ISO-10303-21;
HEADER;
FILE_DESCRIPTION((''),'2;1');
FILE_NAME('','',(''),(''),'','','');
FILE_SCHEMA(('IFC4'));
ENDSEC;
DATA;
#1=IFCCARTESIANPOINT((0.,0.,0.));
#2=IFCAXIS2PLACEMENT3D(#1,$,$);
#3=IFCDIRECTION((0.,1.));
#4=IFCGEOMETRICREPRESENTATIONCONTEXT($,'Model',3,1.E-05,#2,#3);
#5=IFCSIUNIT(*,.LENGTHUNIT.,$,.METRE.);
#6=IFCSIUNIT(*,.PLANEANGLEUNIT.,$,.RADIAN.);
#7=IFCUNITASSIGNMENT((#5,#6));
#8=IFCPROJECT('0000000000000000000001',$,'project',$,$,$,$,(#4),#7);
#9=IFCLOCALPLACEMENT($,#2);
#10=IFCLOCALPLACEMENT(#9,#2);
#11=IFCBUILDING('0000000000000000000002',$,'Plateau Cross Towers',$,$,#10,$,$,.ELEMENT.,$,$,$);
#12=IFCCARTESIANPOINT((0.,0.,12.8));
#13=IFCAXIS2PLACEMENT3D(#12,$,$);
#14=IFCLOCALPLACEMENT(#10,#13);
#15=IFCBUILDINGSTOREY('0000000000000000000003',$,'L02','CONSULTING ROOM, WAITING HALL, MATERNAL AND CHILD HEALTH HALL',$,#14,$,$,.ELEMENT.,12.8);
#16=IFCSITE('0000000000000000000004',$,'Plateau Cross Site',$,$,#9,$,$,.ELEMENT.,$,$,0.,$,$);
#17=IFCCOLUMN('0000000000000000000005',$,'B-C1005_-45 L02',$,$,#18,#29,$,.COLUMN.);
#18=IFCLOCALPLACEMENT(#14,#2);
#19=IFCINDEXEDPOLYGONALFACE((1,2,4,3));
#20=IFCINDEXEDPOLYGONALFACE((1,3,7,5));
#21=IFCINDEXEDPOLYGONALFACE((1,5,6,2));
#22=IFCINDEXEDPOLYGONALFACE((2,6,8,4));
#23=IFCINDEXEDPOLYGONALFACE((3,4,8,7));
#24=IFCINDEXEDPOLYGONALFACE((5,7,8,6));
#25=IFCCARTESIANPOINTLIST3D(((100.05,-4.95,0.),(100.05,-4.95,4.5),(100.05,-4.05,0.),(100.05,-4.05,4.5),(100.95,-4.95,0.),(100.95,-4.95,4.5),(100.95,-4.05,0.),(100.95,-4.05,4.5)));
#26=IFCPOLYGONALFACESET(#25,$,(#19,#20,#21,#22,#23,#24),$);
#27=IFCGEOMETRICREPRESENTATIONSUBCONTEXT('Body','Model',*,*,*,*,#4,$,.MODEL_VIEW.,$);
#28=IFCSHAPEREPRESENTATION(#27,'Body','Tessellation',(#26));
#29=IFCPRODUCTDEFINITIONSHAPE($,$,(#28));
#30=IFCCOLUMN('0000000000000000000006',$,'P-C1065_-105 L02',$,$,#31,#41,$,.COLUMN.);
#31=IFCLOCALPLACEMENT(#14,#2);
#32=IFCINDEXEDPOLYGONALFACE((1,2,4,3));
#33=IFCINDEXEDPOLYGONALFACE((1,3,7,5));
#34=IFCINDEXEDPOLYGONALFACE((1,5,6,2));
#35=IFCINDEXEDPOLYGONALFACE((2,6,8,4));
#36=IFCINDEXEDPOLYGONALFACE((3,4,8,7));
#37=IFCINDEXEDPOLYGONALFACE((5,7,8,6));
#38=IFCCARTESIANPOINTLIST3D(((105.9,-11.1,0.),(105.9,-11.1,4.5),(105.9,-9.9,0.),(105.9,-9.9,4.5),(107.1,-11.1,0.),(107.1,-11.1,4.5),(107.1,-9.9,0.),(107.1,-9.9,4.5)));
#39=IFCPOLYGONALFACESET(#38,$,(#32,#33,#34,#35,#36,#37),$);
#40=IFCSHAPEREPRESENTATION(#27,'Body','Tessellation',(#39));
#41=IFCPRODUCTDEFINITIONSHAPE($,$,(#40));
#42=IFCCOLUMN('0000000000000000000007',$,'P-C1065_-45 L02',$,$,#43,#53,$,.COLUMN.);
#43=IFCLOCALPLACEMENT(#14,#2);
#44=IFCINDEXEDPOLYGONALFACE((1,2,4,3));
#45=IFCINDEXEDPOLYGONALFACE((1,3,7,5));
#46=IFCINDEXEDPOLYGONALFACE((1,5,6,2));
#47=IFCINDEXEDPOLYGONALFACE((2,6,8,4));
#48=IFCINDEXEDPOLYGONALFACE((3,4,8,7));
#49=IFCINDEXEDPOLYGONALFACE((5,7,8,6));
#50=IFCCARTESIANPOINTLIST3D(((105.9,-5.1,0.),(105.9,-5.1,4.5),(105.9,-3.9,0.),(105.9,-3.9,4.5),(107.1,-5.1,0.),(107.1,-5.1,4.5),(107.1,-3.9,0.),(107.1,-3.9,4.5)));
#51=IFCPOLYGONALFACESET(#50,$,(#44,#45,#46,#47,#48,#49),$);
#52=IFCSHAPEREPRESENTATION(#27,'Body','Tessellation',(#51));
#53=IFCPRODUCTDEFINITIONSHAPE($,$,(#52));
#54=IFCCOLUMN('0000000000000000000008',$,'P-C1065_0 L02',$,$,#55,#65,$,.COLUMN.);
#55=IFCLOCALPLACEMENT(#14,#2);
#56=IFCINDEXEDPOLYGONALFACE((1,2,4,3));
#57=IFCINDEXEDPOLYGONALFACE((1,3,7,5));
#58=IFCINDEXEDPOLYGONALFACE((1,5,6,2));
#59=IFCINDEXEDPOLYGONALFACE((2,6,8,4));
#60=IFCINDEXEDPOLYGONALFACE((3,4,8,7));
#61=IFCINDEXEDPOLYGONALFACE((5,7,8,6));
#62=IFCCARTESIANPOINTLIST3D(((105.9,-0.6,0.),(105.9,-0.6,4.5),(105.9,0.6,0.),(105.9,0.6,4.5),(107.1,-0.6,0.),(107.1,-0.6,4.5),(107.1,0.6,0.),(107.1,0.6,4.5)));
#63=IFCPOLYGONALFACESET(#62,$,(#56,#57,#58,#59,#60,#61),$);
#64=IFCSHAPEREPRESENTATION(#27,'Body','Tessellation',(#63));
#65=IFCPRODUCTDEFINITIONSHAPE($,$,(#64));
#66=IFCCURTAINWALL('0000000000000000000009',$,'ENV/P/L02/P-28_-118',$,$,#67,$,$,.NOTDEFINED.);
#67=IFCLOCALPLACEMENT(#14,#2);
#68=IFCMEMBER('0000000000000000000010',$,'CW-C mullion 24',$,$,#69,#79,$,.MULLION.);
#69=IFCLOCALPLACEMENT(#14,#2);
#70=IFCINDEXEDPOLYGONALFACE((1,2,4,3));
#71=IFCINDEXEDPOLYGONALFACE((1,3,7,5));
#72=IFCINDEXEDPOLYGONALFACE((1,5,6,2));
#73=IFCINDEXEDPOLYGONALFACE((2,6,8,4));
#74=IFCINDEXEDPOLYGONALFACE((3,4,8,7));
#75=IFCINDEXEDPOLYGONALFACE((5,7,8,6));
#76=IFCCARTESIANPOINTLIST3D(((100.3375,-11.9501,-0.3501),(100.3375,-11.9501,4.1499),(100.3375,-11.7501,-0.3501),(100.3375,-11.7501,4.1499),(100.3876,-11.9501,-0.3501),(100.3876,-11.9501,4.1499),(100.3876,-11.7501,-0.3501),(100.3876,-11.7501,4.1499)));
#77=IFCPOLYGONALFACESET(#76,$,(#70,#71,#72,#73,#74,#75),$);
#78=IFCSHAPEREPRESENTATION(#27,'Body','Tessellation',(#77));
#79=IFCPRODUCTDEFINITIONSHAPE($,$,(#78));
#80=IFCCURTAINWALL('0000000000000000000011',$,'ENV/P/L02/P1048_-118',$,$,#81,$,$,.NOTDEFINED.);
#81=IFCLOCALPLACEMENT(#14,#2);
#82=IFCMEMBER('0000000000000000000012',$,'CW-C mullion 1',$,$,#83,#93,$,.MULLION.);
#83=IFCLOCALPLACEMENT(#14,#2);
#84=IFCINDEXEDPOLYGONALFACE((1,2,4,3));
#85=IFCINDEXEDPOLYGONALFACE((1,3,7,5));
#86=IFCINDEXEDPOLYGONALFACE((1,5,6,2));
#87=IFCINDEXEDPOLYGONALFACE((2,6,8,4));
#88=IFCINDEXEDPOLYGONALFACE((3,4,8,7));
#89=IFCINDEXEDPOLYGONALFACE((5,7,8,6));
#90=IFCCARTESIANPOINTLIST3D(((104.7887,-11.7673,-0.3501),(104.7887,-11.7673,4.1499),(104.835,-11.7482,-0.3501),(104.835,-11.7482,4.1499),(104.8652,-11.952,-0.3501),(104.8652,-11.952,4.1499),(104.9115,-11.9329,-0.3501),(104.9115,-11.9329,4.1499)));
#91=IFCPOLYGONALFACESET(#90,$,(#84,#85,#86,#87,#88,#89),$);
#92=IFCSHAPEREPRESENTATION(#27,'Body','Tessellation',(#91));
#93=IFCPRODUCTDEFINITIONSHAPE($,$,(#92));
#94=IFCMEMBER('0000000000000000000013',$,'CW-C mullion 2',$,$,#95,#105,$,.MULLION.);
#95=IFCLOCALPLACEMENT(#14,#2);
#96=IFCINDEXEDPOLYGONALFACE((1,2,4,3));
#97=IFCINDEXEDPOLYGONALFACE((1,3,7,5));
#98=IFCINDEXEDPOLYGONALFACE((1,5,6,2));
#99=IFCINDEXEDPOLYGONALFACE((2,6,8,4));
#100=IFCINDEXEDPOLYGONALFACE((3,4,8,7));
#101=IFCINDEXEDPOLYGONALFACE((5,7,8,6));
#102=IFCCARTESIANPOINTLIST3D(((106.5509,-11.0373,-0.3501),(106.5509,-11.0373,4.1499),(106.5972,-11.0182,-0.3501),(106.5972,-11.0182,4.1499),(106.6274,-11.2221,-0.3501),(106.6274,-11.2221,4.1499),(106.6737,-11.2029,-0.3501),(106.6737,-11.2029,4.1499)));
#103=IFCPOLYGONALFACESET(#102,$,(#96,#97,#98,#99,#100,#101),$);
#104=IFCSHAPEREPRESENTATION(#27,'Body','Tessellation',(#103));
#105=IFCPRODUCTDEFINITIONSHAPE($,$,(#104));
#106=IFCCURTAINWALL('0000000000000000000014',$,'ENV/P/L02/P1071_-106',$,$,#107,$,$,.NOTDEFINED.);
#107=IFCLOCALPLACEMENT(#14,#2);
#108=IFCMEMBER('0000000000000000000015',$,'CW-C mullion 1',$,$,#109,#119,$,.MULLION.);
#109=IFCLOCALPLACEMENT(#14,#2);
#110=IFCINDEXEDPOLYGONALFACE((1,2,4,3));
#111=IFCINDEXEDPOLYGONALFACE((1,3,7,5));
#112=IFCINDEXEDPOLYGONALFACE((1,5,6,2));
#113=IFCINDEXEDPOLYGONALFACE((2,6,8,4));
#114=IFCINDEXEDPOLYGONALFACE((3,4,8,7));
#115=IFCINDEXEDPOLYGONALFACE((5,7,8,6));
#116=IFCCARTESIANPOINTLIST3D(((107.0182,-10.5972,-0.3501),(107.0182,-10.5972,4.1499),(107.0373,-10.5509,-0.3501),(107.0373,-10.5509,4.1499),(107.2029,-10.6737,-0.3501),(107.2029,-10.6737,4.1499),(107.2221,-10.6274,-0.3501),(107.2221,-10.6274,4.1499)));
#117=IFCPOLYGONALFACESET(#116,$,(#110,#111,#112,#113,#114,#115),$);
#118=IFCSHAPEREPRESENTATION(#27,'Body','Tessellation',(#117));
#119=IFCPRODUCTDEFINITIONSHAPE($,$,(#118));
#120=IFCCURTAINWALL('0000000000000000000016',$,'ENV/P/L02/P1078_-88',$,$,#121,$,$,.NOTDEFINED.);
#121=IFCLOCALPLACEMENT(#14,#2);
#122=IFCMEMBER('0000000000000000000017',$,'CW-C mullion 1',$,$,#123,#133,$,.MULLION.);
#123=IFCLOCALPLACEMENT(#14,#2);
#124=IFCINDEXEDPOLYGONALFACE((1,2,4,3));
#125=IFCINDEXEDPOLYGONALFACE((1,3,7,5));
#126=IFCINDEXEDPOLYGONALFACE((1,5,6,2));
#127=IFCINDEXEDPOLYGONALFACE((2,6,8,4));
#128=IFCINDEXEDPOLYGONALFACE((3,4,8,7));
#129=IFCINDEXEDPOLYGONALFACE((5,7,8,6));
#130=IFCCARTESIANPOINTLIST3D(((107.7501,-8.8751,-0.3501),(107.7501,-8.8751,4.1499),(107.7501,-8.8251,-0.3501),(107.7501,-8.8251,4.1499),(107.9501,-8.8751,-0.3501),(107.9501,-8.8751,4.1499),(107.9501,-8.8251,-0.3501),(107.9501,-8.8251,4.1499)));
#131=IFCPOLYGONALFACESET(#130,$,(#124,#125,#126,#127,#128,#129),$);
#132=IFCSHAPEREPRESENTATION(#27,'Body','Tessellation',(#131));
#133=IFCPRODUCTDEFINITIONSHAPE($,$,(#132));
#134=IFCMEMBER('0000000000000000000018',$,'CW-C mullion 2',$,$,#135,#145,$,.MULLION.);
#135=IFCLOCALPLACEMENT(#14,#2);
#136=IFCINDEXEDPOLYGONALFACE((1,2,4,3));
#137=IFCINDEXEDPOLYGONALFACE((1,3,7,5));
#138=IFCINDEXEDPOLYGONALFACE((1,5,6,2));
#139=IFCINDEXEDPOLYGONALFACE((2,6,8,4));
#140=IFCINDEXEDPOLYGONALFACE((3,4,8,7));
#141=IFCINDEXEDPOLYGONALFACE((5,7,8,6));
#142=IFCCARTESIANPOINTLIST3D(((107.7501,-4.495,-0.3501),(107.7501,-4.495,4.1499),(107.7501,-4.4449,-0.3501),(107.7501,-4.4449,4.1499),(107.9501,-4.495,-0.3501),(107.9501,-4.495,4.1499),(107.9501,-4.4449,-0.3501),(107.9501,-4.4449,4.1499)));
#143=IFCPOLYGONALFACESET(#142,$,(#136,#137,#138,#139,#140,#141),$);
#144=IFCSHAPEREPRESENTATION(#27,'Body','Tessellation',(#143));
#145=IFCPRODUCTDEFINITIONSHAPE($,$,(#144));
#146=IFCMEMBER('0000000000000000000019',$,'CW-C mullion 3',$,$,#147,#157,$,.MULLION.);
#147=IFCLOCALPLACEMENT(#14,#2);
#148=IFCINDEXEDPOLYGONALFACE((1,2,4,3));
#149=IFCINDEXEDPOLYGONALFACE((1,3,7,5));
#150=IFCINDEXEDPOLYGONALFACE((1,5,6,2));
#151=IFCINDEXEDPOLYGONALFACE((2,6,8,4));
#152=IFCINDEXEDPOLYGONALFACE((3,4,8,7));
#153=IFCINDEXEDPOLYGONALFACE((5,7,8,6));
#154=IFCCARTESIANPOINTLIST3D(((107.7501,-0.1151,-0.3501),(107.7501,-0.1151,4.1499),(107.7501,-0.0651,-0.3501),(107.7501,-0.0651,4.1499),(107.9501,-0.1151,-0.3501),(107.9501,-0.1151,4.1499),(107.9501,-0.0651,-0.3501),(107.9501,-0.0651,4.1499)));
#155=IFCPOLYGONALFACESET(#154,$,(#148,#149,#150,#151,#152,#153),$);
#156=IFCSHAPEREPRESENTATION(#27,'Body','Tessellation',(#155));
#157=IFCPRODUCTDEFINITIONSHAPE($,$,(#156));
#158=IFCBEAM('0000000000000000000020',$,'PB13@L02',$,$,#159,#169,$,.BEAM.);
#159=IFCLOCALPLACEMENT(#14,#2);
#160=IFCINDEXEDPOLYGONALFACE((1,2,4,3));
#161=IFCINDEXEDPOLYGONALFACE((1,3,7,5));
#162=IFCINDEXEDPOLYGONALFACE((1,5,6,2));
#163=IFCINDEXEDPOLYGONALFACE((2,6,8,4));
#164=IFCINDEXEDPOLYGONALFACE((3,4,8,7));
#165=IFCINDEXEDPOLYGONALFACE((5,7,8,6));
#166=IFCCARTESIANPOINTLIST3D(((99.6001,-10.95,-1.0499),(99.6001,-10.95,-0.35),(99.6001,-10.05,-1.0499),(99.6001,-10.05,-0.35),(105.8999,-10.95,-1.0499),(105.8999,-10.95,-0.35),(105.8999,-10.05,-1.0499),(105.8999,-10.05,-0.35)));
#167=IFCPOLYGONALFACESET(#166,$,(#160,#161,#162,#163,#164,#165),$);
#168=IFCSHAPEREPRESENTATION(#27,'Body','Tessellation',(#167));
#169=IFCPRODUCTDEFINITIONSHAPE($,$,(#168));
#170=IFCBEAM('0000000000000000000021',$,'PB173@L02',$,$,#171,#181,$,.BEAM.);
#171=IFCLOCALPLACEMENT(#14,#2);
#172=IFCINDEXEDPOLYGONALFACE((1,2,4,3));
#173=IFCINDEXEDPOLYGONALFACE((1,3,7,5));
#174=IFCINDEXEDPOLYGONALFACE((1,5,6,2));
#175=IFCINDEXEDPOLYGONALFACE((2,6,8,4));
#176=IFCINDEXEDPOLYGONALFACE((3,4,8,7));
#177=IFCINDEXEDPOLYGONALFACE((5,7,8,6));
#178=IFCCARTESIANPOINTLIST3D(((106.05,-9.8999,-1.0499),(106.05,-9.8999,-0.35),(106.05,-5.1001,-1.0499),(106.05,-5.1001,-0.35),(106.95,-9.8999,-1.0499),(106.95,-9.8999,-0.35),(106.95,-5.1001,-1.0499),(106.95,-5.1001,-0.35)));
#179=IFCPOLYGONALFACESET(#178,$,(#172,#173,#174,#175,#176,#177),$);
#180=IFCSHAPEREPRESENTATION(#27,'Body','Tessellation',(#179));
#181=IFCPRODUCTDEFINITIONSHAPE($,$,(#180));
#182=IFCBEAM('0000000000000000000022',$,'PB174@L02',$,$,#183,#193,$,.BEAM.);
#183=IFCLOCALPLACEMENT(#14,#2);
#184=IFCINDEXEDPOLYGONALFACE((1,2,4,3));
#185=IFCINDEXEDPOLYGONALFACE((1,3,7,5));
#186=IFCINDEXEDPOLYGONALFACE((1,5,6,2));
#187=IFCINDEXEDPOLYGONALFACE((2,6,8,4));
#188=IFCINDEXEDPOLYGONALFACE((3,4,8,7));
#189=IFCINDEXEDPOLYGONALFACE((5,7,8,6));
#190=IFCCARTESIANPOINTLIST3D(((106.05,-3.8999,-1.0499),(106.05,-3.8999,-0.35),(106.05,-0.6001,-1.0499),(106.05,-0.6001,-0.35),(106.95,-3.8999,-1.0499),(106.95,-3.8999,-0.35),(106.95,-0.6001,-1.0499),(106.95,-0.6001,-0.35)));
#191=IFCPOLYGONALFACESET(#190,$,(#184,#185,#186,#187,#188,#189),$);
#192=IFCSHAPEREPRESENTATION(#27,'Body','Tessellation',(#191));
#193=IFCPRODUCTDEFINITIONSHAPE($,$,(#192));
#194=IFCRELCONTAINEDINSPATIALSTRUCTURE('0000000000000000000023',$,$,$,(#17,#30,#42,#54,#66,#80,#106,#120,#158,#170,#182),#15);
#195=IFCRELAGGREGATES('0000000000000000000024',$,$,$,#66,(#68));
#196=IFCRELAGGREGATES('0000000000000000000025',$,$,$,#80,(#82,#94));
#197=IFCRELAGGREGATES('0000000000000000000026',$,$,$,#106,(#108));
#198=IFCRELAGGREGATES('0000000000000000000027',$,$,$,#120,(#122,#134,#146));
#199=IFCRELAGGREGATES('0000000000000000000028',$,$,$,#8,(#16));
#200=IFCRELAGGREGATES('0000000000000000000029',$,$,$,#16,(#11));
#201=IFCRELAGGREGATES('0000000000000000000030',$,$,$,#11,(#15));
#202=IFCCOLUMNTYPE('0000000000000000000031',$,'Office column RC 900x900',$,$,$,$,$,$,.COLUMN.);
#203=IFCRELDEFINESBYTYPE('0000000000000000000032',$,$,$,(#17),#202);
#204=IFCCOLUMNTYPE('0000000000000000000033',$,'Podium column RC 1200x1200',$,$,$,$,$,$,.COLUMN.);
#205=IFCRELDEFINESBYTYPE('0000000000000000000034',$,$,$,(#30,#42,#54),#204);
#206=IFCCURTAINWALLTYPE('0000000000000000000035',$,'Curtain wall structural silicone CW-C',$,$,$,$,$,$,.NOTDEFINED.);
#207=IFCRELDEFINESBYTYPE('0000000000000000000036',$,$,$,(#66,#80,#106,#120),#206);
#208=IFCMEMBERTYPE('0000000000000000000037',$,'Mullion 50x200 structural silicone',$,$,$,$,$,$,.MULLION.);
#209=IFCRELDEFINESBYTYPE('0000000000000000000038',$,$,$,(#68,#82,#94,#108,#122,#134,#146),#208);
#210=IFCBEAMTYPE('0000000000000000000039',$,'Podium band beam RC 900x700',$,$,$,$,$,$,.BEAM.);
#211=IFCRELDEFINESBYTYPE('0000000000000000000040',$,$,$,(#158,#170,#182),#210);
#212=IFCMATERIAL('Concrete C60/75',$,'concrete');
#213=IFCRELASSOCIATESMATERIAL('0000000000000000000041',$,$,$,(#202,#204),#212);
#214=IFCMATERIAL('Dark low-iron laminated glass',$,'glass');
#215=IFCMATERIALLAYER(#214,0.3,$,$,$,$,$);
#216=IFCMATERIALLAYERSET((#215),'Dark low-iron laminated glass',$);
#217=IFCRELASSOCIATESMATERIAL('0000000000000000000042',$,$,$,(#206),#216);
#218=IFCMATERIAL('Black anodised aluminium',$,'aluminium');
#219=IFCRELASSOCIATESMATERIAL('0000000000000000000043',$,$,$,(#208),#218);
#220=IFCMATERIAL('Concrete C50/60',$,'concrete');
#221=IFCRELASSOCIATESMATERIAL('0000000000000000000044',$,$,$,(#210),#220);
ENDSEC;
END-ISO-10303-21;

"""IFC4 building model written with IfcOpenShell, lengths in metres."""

from ifc_helpers import new_model, si_unit, direction, frame, origin, origin_2d, place, context, subcontext, project, spatial, rectangle, extrude, material, layer, layer_set, material_profile, profile_set, type_object, element, aggregate, save


model = new_model("IFC4")

# Units and contexts
model_context = context("Model", 3, precision=1e-05, world=origin(), true_north=direction((0.0, 1.0)))
body_context = subcontext(model_context, "Body", "Model", "MODEL_VIEW")
ifc_project = project(units=[si_unit("LENGTHUNIT", "METRE"), si_unit("PLANEANGLEUNIT", "RADIAN")], contexts=[model_context])

# Site, building, storey
site_placement = place(None, origin())
site = spatial("IfcSite", under=ifc_project, at=site_placement, Name="Plateau Cross Site", CompositionType="ELEMENT", RefElevation=0.0)
building_placement = place(site_placement, origin())
building = spatial("IfcBuilding", under=site, at=building_placement, Name="Plateau Cross Towers", CompositionType="ELEMENT")
storey_placement = place(building_placement, frame((0.0, 0.0, 12.8)))
storey = spatial("IfcBuildingStorey", under=building, at=storey_placement, Name="L02", Description="CONSULTING ROOM, WAITING HALL, MATERNAL AND CHILD HEALTH HALL", CompositionType="ELEMENT", Elevation=12.8)

# Columns
ifc_material_1 = material(Name="Concrete C60/75", Category="concrete")
ifc_material_profile_1 = material_profile(ifc_material_1, rectangle(XDim=0.8999, YDim=0.8999, at=origin_2d()), Name="RC 900x900")
ifc_profile_set_1 = profile_set([ifc_material_profile_1], Name="Concrete C60/75")
column_type_1 = type_object("IfcColumnType", Name="Office column RC 900x900", PredefinedType="COLUMN", material=ifc_profile_set_1)
column_placement = place(storey_placement, frame((100.5, -4.5, 0.0), z_axis=(0.0, 0.0, 1.0), x_axis=(1.0, 0.0, 0.0)))
element("IfcColumn", 1, at=column_placement, inside=storey, type_object=column_type_1, Name="B-C1005_-45 L02", PredefinedType="COLUMN", context=body_context, shape_type="SweptSolid", body=[
    extrude(rectangle(XDim=0.8999, YDim=0.8999, at=origin_2d()), origin(), (0.0, 0.0, 1.0), 4.5),
])
ifc_material_profile_2 = material_profile(ifc_material_1, rectangle(XDim=1.2, YDim=1.2, at=origin_2d()), Name="RC 1200x1200")
ifc_profile_set_2 = profile_set([ifc_material_profile_2], Name="Concrete C60/75")
column_type_2 = type_object("IfcColumnType", Name="Podium column RC 1200x1200", PredefinedType="COLUMN", material=ifc_profile_set_2)
for number, where, z_axis, x_axis, name in (
    (2, (106.5, -10.5, 0.0), (0.0, 0.0, 1.0), (1.0, 0.0, 0.0), "P-C1065_-105 L02"),
    (3, (106.5, -4.5, 0.0), (0.0, 0.0, 1.0), (1.0, 0.0, 0.0), "P-C1065_-45 L02"),
    (4, (106.5, 0.0, 0.0), (0.0, 0.0, 1.0), (1.0, 0.0, 0.0), "P-C1065_0 L02"),
):
    element("IfcColumn", number, at=place(storey_placement, frame(where, z_axis=z_axis, x_axis=x_axis)), inside=storey, type_object=column_type_2, Name=name, PredefinedType="COLUMN", context=body_context, shape_type="SweptSolid", body=[
        extrude(rectangle(XDim=1.2, YDim=1.2, at=origin_2d()), origin(), (0.0, 0.0, 1.0), 4.5),
    ])

# Curtain wall, member
ifc_material_2 = material(Name="Dark low-iron laminated glass", Category="glass")
ifc_layer_1 = layer(ifc_material_2, 0.3)
ifc_layer_set_1 = layer_set([ifc_layer_1], Name="Dark low-iron laminated glass")
curtain_wall_type = type_object("IfcCurtainWallType", Name="Curtain wall structural silicone CW-C", PredefinedType="NOTDEFINED", material=ifc_layer_set_1)
curtain_wall_1_placement = place(storey_placement, origin())
curtain_wall_1 = element("IfcCurtainWall", 5, at=curtain_wall_1_placement, inside=storey, type_object=curtain_wall_type, Name="ENV/P/L02/P-28_-118", PredefinedType="NOTDEFINED")
ifc_material_3 = material(Name="Black anodised aluminium", Category="aluminium")
ifc_material_profile_3 = material_profile(ifc_material_3, rectangle(XDim=0.05, YDim=0.2, at=origin_2d()), Name="MULLION 50x200")
ifc_profile_set_3 = profile_set([ifc_material_profile_3], Name="Black anodised aluminium")
member_type_1 = type_object("IfcMemberType", Name="Mullion 50x200 structural silicone", PredefinedType="MULLION", material=ifc_profile_set_3)
member_1_placement = place(storey_placement, frame((100.3625, -11.8501, -0.3501), z_axis=(0.0, 0.0, 1.0), x_axis=(1.0, 0.0, 0.0)))
member_1 = element("IfcMember", 6, at=member_1_placement, type_object=member_type_1, Name="CW-C mullion 24", PredefinedType="MULLION", context=body_context, shape_type="SweptSolid", body=[
    extrude(rectangle(XDim=0.05, YDim=0.2, at=origin_2d()), origin(), (0.0, 0.0, 1.0), 4.5),
])

# Curtain wall, members
curtain_wall_2_placement = place(storey_placement, origin())
curtain_wall_2 = element("IfcCurtainWall", 7, at=curtain_wall_2_placement, inside=storey, type_object=curtain_wall_type, Name="ENV/P/L02/P1048_-118", PredefinedType="NOTDEFINED")
member_2_placement = place(storey_placement, frame((104.8501, -11.8501, -0.3501), z_axis=(0.0, 0.0, 1.0), x_axis=(0.923879, 0.382684, 0.0)))
member_2 = element("IfcMember", 8, at=member_2_placement, type_object=member_type_1, Name="CW-C mullion 1", PredefinedType="MULLION", context=body_context, shape_type="SweptSolid", body=[
    extrude(rectangle(XDim=0.05, YDim=0.2, at=origin_2d()), origin(), (0.0, 0.0, 1.0), 4.5),
])
member_3_placement = place(storey_placement, frame((106.6123, -11.1201, -0.3501), z_axis=(0.0, 0.0, 1.0), x_axis=(0.923879, 0.382684, 0.0)))
member_3 = element("IfcMember", 9, at=member_3_placement, type_object=member_type_1, Name="CW-C mullion 2", PredefinedType="MULLION", context=body_context, shape_type="SweptSolid", body=[
    extrude(rectangle(XDim=0.05, YDim=0.2, at=origin_2d()), origin(), (0.0, 0.0, 1.0), 4.5),
])

# Curtain wall, member
curtain_wall_3_placement = place(storey_placement, origin())
curtain_wall_3 = element("IfcCurtainWall", 10, at=curtain_wall_3_placement, inside=storey, type_object=curtain_wall_type, Name="ENV/P/L02/P1071_-106", PredefinedType="NOTDEFINED")
member_4_placement = place(storey_placement, frame((107.1201, -10.6123, -0.3501), z_axis=(0.0, 0.0, 1.0), x_axis=(0.382684, 0.923879, 0.0)))
member_4 = element("IfcMember", 11, at=member_4_placement, type_object=member_type_1, Name="CW-C mullion 1", PredefinedType="MULLION", context=body_context, shape_type="SweptSolid", body=[
    extrude(rectangle(XDim=0.05, YDim=0.2, at=origin_2d()), origin(), (0.0, 0.0, 1.0), 4.5),
])

# Curtain wall, members
curtain_wall_4_placement = place(storey_placement, origin())
curtain_wall_4 = element("IfcCurtainWall", 12, at=curtain_wall_4_placement, inside=storey, type_object=curtain_wall_type, Name="ENV/P/L02/P1078_-88", PredefinedType="NOTDEFINED")
member_5_placement = place(storey_placement, frame((107.8501, -8.8501, -0.3501), z_axis=(0.0, 0.0, 1.0), x_axis=(0.0, 1.0, 0.0)))
member_5 = element("IfcMember", 13, at=member_5_placement, type_object=member_type_1, Name="CW-C mullion 1", PredefinedType="MULLION", context=body_context, shape_type="SweptSolid", body=[
    extrude(rectangle(XDim=0.05, YDim=0.2, at=origin_2d()), origin(), (0.0, 0.0, 1.0), 4.5),
])
member_6_placement = place(storey_placement, frame((107.8501, -4.47, -0.3501), z_axis=(0.0, 0.0, 1.0), x_axis=(0.0, 1.0, 0.0)))
member_6 = element("IfcMember", 14, at=member_6_placement, type_object=member_type_1, Name="CW-C mullion 2", PredefinedType="MULLION", context=body_context, shape_type="SweptSolid", body=[
    extrude(rectangle(XDim=0.05, YDim=0.2, at=origin_2d()), origin(), (0.0, 0.0, 1.0), 4.5),
])
member_7_placement = place(storey_placement, frame((107.8501, -0.0901, -0.3501), z_axis=(0.0, 0.0, 1.0), x_axis=(0.0, 1.0, 0.0)))
member_7 = element("IfcMember", 15, at=member_7_placement, type_object=member_type_1, Name="CW-C mullion 3", PredefinedType="MULLION", context=body_context, shape_type="SweptSolid", body=[
    extrude(rectangle(XDim=0.05, YDim=0.2, at=origin_2d()), origin(), (0.0, 0.0, 1.0), 4.5),
])

# Beams
ifc_material_4 = material(Name="Concrete C50/60", Category="concrete")
ifc_material_profile_4 = material_profile(ifc_material_4, rectangle(XDim=0.8999, YDim=0.7, at=origin_2d()), Name="RC 900x700")
ifc_profile_set_4 = profile_set([ifc_material_profile_4], Name="Concrete C50/60")
beam_type = type_object("IfcBeamType", Name="Podium band beam RC 900x700", PredefinedType="BEAM", material=ifc_profile_set_4)
beam_1_placement = place(storey_placement, frame((99.6001, -10.5, -0.7), z_axis=(1.0, 0.0, 0.0), x_axis=(0.0, 1.0, 0.0)))
element("IfcBeam", 16, at=beam_1_placement, inside=storey, type_object=beam_type, Name="PB13@L02", PredefinedType="BEAM", context=body_context, shape_type="SweptSolid", body=[
    extrude(rectangle(XDim=0.8999, YDim=0.7, at=origin_2d()), origin(), (0.0, 0.0, 1.0), 6.2998),
])
beam_2_placement = place(storey_placement, frame((106.5, -9.8999, -0.7), z_axis=(0.0, 1.0, 0.0), x_axis=(-1.0, 0.0, 0.0)))
element("IfcBeam", 17, at=beam_2_placement, inside=storey, type_object=beam_type, Name="PB173@L02", PredefinedType="BEAM", context=body_context, shape_type="SweptSolid", body=[
    extrude(rectangle(XDim=0.8999, YDim=0.7, at=origin_2d()), origin(), (0.0, 0.0, 1.0), 4.7998),
])
beam_3_placement = place(storey_placement, frame((106.5, -3.8999, -0.7), z_axis=(0.0, 1.0, 0.0), x_axis=(-1.0, 0.0, 0.0)))
element("IfcBeam", 18, at=beam_3_placement, inside=storey, type_object=beam_type, Name="PB174@L02", PredefinedType="BEAM", context=body_context, shape_type="SweptSolid", body=[
    extrude(rectangle(XDim=0.8999, YDim=0.7, at=origin_2d()), origin(), (0.0, 0.0, 1.0), 3.2998),
])

aggregate(curtain_wall_1, [member_1])
aggregate(curtain_wall_2, [member_2, member_3])
aggregate(curtain_wall_3, [member_4])
aggregate(curtain_wall_4, [member_5, member_6, member_7])

save(model, "model.ifc")
